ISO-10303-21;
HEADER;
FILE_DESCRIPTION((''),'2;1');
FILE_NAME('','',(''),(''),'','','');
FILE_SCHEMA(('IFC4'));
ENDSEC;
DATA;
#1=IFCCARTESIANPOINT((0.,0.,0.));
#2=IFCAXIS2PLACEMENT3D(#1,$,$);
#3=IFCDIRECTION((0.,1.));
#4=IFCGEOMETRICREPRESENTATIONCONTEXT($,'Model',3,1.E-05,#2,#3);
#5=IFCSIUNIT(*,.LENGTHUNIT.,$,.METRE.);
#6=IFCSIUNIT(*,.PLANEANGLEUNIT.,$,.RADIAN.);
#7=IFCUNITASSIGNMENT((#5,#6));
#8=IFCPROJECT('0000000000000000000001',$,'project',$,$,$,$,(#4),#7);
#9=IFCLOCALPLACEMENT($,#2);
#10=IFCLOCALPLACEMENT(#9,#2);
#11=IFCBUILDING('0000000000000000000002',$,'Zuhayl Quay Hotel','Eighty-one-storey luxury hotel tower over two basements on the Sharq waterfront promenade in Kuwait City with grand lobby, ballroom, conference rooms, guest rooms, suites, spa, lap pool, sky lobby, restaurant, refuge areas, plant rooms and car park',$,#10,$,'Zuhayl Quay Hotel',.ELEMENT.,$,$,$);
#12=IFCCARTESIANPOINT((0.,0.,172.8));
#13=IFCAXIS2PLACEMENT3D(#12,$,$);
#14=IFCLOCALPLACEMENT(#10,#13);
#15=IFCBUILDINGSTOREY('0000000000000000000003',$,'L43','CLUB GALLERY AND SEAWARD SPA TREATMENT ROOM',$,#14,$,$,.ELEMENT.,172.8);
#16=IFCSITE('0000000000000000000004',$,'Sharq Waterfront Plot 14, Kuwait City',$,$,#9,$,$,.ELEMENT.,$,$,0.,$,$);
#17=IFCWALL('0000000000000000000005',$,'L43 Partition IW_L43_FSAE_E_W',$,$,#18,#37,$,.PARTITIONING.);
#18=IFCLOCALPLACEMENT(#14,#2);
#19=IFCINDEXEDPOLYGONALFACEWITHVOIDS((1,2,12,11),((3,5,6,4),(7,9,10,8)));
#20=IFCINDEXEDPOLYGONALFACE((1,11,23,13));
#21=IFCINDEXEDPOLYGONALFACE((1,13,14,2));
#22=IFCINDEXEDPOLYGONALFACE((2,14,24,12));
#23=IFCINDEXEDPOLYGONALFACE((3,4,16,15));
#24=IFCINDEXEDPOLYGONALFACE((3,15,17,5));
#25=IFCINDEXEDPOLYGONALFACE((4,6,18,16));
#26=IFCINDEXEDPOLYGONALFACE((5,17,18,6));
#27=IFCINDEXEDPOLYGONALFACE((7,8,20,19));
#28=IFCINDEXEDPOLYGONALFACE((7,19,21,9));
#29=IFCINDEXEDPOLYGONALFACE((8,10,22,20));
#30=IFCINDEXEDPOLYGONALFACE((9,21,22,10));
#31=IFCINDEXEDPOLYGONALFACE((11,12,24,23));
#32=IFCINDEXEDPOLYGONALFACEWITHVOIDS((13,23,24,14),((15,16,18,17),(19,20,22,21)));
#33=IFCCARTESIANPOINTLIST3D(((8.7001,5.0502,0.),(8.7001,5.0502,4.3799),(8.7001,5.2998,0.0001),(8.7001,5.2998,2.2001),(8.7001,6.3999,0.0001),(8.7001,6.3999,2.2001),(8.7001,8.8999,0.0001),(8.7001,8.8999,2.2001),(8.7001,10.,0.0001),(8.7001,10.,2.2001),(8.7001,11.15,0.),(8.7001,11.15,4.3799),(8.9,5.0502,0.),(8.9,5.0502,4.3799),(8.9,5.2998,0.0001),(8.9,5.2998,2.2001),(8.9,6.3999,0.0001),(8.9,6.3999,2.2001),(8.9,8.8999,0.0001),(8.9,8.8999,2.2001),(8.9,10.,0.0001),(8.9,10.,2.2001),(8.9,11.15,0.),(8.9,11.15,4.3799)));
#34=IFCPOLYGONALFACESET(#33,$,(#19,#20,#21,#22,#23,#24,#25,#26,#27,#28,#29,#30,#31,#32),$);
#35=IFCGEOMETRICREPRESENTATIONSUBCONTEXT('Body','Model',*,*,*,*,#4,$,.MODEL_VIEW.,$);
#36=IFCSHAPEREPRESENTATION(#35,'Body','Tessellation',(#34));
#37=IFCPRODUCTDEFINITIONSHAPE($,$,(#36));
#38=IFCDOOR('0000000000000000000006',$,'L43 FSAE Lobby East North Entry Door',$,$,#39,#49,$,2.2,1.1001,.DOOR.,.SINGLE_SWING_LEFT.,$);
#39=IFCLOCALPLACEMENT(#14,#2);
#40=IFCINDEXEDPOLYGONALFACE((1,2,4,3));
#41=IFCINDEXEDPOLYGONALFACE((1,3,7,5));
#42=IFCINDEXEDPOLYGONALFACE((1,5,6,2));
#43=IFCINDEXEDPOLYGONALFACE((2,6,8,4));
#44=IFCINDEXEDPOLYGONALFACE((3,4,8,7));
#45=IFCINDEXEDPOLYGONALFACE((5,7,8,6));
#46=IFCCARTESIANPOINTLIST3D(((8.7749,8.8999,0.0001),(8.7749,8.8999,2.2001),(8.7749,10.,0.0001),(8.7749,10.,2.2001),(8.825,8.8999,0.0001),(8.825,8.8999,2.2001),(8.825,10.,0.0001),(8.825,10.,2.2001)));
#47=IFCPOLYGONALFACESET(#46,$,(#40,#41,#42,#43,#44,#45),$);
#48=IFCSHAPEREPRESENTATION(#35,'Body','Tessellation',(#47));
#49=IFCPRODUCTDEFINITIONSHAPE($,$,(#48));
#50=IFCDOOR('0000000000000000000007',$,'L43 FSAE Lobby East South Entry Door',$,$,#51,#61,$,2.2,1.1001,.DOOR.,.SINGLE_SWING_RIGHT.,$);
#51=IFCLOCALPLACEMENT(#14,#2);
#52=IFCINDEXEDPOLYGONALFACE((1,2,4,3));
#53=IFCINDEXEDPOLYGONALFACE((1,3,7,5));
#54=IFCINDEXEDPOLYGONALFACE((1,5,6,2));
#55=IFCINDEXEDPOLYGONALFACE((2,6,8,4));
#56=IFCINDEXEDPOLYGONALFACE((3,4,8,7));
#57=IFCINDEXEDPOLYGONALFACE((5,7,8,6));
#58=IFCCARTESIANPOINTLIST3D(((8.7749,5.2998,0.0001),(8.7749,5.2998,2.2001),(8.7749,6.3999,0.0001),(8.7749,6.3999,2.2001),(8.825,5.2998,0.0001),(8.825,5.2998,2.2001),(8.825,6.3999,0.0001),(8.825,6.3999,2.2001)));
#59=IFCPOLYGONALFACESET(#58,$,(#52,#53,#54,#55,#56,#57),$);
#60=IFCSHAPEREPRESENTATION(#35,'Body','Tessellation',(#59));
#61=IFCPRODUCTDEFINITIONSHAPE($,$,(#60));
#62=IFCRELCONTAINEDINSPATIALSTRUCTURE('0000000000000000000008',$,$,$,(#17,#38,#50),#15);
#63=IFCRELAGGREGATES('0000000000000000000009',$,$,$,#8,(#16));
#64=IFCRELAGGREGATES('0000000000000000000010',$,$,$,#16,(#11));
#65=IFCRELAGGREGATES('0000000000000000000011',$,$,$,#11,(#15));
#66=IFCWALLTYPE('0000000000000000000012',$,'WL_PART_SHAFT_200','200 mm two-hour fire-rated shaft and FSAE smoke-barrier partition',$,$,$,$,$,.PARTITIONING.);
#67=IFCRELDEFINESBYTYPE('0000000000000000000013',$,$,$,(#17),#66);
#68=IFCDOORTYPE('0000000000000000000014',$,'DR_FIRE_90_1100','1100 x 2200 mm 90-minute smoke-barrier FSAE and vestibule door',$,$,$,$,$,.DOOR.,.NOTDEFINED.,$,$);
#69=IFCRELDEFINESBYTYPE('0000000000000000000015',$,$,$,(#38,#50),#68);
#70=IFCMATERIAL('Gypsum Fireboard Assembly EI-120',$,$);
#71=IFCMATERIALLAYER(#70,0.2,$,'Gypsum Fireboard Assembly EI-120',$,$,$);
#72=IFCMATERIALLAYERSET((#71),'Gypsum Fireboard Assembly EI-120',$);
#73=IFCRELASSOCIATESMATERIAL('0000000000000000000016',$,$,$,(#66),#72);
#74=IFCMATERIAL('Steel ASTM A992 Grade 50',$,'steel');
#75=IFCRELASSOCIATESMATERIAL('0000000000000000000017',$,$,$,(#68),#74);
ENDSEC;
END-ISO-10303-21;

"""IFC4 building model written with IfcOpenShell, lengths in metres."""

from ifc_helpers import new_model, si_unit, direction, frame, frame_2d, origin, place, context, subcontext, project, spatial, rectangle, extrude, material, layer, layer_set, type_object, element, fill, save


model = new_model("IFC4")

# Units and contexts
model_context = context("Model", 3, precision=1e-05, world=origin(), true_north=direction((0.0, 1.0)))
body_context = subcontext(model_context, "Body", "Model", "MODEL_VIEW")
ifc_project = project(units=[si_unit("LENGTHUNIT", "METRE"), si_unit("PLANEANGLEUNIT", "RADIAN")], contexts=[model_context])

# Site, building, storey
site_placement = place(None, origin())
site = spatial("IfcSite", under=ifc_project, at=site_placement, Name="Sharq Waterfront Plot 14, Kuwait City", CompositionType="ELEMENT", RefElevation=0.0)
building_placement = place(site_placement, origin())
building = spatial("IfcBuilding", under=site, at=building_placement, Name="Zuhayl Quay Hotel", Description="Eighty-one-storey luxury hotel tower over two basements on the Sharq waterfront promenade in Kuwait City with grand lobby, ballroom, conference rooms, guest rooms, suites, spa, lap pool, sky lobby, restaurant, refuge areas, plant rooms and car park", LongName="Zuhayl Quay Hotel", CompositionType="ELEMENT")
storey_placement = place(building_placement, frame((0.0, 0.0, 172.8)))
storey = spatial("IfcBuildingStorey", under=building, at=storey_placement, Name="L43", Description="CLUB GALLERY AND SEAWARD SPA TREATMENT ROOM", CompositionType="ELEMENT", Elevation=172.8)

# Shared definitions
ifc_material_1 = material(Name="Steel ASTM A992 Grade 50", Category="steel")

# Wall, openings, doors
ifc_material_2 = material(Name="Gypsum Fireboard Assembly EI-120")
ifc_layer_1 = layer(ifc_material_2, 0.2, Name="Gypsum Fireboard Assembly EI-120")
ifc_layer_set_1 = layer_set([ifc_layer_1], Name="Gypsum Fireboard Assembly EI-120")
wall_type_1 = type_object("IfcWallType", Name="WL_PART_SHAFT_200", Description="200 mm two-hour fire-rated shaft and FSAE smoke-barrier partition", PredefinedType="PARTITIONING", material=ifc_layer_set_1)
wall_1_placement = place(storey_placement, frame((8.8, 11.1499, 0.0), z_axis=(0.0, 0.0, 1.0), x_axis=(0.0, -1.0, 0.0)))
wall_1 = element("IfcWall", 1, at=wall_1_placement, inside=storey, type_object=wall_type_1, Name="L43 Partition IW_L43_FSAE_E_W", PredefinedType="PARTITIONING", context=body_context, shape_type="SweptSolid", body=[
    extrude(rectangle(XDim=6.0999, YDim=0.2, at=frame_2d((3.0498, 0.0))), origin(), (0.0, 0.0, 1.0), 4.3799),
])
opening_1_placement = place(wall_1_placement, frame((1.1499, 0.0, 0.0)))
opening_1 = element("IfcOpeningElement", 2, at=opening_1_placement, cuts=wall_1, PredefinedType="OPENING", context=body_context, shape_type="SweptSolid", body=[
    extrude(rectangle(XDim=1.1001, YDim=2.2, at=frame_2d((0.55, 1.1001))), frame((0.0, 0.1099, 0.0), z_axis=(0.0, -1.0, 0.0), x_axis=(1.0, 0.0, 0.0)), (0.0, 0.0, 1.0), 0.22),
])
opening_2_placement = place(wall_1_placement, frame((4.75, 0.0, 0.0)))
opening_2 = element("IfcOpeningElement", 3, at=opening_2_placement, cuts=wall_1, PredefinedType="OPENING", context=body_context, shape_type="SweptSolid", body=[
    extrude(rectangle(XDim=1.1001, YDim=2.2, at=frame_2d((0.55, 1.1001))), frame((0.0, 0.1099, 0.0), z_axis=(0.0, -1.0, 0.0), x_axis=(1.0, 0.0, 0.0)), (0.0, 0.0, 1.0), 0.22),
])
door_type_1 = type_object("IfcDoorType", Name="DR_FIRE_90_1100", Description="1100 x 2200 mm 90-minute smoke-barrier FSAE and vestibule door", OperationType="NOTDEFINED", PredefinedType="DOOR", material=ifc_material_1)
door_1_placement = place(opening_1_placement, origin())
door_1 = element("IfcDoor", 4, at=door_1_placement, inside=storey, type_object=door_type_1, Name="L43 FSAE Lobby East North Entry Door", OperationType="SINGLE_SWING_LEFT", OverallHeight=2.2, OverallWidth=1.1001, PredefinedType="DOOR", context=body_context, shape_type="SweptSolid", body=[
    extrude(rectangle(XDim=1.1001, YDim=2.2, at=frame_2d((0.55, 1.1001))), frame((0.0, 0.0249, 0.0), z_axis=(0.0, -1.0, 0.0), x_axis=(1.0, 0.0, 0.0)), (0.0, 0.0, 1.0), 0.05),
])
fill(opening_1, door_1)
door_2_placement = place(opening_2_placement, origin())
door_2 = element("IfcDoor", 5, at=door_2_placement, inside=storey, type_object=door_type_1, Name="L43 FSAE Lobby East South Entry Door", OperationType="SINGLE_SWING_RIGHT", OverallHeight=2.2, OverallWidth=1.1001, PredefinedType="DOOR", context=body_context, shape_type="SweptSolid", body=[
    extrude(rectangle(XDim=1.1001, YDim=2.2, at=frame_2d((0.55, 1.1001))), frame((0.0, 0.0249, 0.0), z_axis=(0.0, -1.0, 0.0), x_axis=(1.0, 0.0, 0.0)), (0.0, 0.0, 1.0), 0.05),
])
fill(opening_2, door_2)

save(model, "model.ifc")
